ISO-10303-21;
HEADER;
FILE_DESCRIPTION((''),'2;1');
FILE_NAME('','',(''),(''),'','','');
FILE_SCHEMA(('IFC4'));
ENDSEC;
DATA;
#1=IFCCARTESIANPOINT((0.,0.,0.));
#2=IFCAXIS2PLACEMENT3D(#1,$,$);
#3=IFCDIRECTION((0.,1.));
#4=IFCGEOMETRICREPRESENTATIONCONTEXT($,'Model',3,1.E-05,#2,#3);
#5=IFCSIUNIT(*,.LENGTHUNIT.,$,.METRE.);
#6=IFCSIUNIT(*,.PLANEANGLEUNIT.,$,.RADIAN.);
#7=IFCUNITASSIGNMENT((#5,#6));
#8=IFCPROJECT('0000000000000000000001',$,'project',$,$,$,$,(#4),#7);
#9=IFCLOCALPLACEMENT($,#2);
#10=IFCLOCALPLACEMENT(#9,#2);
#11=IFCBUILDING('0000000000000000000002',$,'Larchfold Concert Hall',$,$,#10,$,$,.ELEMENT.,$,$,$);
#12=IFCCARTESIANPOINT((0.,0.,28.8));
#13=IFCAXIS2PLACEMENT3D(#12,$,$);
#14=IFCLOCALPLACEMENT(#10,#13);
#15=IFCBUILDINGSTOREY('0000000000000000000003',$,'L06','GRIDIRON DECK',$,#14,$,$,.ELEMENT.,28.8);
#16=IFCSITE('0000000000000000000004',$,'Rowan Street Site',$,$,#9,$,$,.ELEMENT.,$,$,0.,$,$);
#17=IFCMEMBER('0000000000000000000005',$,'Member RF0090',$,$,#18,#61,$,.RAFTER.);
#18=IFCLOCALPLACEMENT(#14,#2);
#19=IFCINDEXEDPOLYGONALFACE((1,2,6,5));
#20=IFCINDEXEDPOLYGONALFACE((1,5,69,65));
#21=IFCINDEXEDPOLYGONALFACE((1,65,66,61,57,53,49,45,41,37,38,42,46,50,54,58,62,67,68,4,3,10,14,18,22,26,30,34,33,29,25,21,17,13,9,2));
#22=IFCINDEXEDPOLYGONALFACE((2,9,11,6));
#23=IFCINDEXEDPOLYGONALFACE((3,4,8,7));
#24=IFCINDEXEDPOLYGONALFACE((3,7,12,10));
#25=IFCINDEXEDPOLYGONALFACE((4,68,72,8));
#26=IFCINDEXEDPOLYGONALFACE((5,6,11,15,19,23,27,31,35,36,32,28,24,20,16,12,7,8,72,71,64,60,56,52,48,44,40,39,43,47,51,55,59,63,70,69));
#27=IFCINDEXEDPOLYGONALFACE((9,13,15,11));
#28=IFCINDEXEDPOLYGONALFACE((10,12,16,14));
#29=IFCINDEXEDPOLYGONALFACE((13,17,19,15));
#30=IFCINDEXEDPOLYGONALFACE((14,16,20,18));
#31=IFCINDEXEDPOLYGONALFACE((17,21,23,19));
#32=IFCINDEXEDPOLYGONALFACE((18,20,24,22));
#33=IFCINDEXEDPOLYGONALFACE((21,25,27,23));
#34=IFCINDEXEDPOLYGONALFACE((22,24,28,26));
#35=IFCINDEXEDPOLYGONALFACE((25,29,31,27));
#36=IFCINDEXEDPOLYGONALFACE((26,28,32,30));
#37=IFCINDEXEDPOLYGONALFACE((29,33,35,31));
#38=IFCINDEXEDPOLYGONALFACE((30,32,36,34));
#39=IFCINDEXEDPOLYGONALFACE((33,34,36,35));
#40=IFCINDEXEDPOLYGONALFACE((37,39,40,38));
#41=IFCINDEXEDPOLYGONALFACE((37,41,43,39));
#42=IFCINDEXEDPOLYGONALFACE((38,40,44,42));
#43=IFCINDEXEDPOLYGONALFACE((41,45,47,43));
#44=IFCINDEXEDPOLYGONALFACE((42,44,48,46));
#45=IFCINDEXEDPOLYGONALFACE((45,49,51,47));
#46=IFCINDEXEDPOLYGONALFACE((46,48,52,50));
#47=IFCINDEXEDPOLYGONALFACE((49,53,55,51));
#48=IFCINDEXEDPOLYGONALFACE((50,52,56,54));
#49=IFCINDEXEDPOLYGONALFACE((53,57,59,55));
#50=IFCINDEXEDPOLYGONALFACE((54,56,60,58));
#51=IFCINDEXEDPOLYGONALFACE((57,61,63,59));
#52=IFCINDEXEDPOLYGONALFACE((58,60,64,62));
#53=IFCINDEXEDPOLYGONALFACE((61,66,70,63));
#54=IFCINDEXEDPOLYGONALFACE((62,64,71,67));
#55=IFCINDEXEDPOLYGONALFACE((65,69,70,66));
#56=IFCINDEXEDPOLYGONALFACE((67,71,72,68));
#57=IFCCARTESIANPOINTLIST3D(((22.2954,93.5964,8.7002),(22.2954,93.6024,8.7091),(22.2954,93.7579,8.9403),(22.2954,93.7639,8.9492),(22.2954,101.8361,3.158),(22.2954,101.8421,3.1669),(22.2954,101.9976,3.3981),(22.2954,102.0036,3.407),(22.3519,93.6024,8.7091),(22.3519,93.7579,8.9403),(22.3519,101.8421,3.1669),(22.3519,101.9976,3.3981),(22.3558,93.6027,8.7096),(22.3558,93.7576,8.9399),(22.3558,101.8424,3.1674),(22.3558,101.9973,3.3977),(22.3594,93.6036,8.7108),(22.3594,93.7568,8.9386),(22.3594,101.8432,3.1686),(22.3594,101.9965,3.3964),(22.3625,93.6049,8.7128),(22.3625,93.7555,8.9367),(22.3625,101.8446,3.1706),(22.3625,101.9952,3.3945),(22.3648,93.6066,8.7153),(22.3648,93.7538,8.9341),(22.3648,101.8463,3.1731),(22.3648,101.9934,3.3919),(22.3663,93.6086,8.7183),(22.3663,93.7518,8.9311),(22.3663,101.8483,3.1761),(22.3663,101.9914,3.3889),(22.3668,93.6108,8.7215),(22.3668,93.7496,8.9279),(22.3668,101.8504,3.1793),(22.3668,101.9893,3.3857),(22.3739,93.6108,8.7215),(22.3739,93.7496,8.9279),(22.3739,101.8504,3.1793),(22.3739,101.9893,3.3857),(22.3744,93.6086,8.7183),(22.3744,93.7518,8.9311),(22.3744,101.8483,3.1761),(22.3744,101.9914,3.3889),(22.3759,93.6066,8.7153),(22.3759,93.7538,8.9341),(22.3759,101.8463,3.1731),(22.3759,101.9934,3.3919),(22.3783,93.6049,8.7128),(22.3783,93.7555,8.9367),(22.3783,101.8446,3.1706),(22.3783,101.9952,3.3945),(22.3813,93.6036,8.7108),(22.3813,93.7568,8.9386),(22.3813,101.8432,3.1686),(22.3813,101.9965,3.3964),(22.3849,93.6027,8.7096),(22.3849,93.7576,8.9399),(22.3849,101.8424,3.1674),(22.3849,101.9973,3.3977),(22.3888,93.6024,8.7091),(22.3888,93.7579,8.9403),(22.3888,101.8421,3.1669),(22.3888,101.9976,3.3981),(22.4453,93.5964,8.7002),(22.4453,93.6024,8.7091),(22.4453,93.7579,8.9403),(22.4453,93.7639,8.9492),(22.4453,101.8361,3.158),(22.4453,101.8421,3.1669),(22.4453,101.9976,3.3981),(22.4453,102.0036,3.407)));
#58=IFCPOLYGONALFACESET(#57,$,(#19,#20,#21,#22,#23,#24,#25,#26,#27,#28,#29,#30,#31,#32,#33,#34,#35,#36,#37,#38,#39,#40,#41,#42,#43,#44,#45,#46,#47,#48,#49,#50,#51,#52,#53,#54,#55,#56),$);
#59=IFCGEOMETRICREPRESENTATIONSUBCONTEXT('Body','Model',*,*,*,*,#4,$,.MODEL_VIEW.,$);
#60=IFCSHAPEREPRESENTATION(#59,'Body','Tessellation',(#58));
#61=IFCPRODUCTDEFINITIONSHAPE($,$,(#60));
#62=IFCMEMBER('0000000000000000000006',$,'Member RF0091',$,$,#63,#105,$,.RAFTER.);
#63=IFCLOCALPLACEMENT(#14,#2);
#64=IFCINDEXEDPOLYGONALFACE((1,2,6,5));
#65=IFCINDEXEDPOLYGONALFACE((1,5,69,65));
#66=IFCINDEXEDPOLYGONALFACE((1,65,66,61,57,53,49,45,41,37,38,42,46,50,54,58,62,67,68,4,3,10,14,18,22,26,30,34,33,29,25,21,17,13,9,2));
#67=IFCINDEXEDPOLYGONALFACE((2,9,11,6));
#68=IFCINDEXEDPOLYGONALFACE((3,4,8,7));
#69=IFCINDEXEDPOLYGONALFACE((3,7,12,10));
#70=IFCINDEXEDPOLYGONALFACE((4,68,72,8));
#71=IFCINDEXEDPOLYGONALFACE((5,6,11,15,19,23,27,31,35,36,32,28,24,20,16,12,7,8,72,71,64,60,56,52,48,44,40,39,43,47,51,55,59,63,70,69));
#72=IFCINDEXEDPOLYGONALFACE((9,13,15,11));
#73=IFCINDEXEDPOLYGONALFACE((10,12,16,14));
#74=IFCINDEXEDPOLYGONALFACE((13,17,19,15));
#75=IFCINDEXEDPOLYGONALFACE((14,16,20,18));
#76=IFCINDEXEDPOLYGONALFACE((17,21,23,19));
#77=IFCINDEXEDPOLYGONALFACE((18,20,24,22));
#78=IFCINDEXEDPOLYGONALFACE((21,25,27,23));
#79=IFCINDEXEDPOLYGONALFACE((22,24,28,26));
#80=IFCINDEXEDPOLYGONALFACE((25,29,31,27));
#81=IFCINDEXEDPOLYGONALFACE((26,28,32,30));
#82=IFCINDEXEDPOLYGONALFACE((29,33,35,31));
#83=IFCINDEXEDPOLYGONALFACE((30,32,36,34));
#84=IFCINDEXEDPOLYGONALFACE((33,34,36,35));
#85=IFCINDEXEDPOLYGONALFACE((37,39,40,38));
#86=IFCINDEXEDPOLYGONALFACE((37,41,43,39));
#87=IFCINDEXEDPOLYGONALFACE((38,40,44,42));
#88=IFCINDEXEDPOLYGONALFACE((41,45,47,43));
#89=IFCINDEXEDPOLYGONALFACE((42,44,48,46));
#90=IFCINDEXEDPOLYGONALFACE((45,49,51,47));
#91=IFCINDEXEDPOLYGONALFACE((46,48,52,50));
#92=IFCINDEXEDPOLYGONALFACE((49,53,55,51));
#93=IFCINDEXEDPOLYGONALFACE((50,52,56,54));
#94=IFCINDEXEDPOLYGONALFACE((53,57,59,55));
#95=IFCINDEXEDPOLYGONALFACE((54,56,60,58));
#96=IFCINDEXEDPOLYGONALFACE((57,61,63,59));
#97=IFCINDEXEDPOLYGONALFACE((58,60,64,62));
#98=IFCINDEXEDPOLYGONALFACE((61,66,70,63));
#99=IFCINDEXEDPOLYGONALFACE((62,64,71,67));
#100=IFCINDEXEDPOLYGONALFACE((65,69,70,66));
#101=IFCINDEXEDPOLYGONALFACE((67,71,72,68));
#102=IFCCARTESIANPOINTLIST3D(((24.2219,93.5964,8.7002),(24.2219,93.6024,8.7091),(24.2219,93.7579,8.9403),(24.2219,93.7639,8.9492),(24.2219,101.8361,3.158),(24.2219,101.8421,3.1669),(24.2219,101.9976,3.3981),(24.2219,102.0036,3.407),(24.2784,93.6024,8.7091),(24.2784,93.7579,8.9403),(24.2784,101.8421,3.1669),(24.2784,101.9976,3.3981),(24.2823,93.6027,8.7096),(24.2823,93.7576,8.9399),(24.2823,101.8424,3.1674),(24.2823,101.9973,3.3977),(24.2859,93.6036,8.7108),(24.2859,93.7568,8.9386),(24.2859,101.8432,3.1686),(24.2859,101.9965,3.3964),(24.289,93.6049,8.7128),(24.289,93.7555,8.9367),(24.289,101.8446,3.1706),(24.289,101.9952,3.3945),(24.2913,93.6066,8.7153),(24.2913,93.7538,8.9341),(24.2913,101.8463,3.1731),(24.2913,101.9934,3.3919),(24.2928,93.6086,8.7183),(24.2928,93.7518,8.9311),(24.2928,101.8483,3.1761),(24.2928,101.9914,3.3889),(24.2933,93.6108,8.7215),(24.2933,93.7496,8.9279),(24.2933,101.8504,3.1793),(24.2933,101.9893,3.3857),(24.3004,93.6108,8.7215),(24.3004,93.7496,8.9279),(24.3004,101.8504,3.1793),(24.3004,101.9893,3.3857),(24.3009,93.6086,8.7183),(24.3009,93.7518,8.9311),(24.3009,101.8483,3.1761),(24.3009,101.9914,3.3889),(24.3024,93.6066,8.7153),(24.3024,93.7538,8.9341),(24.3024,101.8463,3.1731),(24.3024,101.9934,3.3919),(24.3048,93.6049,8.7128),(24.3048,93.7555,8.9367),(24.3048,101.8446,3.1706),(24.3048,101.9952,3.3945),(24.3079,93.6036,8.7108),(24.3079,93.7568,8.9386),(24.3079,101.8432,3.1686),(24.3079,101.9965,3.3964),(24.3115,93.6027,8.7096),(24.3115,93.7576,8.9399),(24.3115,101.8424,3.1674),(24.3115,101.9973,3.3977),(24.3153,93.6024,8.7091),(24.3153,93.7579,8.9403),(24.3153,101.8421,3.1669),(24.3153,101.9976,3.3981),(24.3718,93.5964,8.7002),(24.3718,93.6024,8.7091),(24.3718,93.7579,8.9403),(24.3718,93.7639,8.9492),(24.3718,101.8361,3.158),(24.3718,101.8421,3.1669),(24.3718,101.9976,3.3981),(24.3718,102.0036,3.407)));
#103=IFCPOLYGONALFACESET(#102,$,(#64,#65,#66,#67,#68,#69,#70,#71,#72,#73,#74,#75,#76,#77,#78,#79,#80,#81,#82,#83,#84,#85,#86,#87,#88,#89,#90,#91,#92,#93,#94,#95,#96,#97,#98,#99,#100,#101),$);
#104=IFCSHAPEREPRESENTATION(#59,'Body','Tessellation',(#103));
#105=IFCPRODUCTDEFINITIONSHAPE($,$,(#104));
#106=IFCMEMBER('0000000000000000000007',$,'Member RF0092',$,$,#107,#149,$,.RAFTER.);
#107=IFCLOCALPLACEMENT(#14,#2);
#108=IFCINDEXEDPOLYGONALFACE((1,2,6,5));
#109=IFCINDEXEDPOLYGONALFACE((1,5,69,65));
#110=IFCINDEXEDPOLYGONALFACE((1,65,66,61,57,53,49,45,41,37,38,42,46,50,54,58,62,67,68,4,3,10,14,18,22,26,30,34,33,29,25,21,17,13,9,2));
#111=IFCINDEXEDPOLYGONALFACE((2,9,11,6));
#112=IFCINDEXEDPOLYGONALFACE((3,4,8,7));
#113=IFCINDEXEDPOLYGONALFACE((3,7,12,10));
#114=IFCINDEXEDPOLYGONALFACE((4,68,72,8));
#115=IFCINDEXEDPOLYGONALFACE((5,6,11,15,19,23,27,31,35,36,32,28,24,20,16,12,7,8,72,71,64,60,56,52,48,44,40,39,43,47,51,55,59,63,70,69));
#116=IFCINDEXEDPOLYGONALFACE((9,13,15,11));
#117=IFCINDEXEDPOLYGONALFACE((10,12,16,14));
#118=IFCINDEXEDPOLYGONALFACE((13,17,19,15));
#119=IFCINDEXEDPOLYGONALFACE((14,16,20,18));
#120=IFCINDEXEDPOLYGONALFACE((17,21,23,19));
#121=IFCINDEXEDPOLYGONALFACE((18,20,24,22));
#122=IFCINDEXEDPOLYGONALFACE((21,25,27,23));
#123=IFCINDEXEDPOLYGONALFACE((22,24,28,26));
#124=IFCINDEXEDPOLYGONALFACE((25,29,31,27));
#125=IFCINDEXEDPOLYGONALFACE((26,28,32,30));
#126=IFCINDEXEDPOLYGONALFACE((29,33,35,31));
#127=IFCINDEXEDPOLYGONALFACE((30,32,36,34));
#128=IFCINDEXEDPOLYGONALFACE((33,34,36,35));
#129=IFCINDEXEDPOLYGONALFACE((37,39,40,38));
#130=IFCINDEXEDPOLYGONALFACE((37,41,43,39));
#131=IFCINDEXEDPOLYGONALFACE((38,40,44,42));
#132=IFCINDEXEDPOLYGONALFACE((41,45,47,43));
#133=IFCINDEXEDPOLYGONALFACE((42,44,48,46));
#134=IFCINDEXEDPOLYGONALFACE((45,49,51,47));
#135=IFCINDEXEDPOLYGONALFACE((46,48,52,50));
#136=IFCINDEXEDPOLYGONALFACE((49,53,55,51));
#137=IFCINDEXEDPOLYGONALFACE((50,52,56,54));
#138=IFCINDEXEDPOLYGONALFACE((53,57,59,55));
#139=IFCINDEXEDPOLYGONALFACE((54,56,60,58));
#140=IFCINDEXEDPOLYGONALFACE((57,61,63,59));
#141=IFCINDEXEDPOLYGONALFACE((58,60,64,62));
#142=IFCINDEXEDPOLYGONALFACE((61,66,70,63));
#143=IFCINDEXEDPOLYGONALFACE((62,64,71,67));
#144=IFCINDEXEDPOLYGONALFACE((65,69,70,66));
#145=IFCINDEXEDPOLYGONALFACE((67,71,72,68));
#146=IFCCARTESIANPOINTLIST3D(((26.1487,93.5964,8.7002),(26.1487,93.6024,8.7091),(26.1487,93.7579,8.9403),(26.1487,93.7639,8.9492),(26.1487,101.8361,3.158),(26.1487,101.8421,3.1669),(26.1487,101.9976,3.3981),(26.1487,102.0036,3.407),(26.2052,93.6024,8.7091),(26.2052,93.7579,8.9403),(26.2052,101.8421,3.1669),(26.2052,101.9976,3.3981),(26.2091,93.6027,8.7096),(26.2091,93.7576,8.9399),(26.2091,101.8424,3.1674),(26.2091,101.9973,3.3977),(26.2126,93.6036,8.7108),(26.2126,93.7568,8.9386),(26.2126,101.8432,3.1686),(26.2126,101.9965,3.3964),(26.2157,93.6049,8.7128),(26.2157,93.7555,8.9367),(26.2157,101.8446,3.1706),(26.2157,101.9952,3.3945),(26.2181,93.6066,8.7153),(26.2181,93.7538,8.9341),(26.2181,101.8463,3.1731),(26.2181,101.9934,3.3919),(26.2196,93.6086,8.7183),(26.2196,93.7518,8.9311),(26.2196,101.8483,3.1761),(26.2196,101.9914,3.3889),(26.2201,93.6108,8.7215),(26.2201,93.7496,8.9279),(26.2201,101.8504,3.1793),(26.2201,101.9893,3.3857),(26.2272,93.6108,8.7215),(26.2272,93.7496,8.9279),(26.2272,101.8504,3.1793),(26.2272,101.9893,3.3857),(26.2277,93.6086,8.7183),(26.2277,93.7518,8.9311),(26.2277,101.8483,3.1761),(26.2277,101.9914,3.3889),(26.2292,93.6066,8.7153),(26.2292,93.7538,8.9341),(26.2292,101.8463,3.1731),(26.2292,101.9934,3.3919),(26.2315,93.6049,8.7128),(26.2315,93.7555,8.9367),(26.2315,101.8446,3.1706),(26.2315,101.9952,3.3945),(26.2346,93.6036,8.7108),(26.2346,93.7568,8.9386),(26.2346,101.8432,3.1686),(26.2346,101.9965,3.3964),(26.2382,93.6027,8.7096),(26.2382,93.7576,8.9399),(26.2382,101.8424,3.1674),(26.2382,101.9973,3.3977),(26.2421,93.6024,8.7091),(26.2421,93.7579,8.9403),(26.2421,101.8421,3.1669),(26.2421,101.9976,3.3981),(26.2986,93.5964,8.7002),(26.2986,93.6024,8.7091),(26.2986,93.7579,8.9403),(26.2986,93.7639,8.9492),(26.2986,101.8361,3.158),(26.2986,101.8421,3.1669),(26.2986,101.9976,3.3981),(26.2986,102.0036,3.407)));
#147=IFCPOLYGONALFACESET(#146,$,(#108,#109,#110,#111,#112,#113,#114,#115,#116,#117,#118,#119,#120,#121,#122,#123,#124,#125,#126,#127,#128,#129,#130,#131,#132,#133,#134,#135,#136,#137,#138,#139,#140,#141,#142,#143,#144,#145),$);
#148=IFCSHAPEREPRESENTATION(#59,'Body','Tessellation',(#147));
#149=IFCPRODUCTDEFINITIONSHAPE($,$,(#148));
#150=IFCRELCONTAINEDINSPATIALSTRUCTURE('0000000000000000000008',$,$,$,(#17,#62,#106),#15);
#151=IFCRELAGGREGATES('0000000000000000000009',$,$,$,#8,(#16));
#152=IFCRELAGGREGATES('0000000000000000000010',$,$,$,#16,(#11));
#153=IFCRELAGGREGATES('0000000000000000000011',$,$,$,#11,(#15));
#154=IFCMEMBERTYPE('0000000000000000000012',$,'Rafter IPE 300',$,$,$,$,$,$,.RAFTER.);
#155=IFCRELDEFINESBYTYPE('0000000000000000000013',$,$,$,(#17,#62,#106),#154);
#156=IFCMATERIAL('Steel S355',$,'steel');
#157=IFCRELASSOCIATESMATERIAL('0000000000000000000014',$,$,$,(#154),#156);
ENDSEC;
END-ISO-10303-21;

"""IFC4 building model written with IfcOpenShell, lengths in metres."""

from ifc_helpers import new_model, si_unit, direction, frame, origin, origin_2d, place, context, subcontext, project, spatial, i_section, extrude, material, material_profile, profile_set, type_object, element, save


model = new_model("IFC4")

# Units and contexts
model_context = context("Model", 3, precision=1e-05, world=origin(), true_north=direction((0.0, 1.0)))
body_context = subcontext(model_context, "Body", "Model", "MODEL_VIEW")
ifc_project = project(units=[si_unit("LENGTHUNIT", "METRE"), si_unit("PLANEANGLEUNIT", "RADIAN")], contexts=[model_context])

# Site, building, storey
site_placement = place(None, origin())
site = spatial("IfcSite", under=ifc_project, at=site_placement, Name="Rowan Street Site", CompositionType="ELEMENT", RefElevation=0.0)
building_placement = place(site_placement, origin())
building = spatial("IfcBuilding", under=site, at=building_placement, Name="Larchfold Concert Hall", CompositionType="ELEMENT")
storey_placement = place(building_placement, frame((0.0, 0.0, 28.8)))
storey = spatial("IfcBuildingStorey", under=building, at=storey_placement, Name="L06", Description="GRIDIRON DECK", CompositionType="ELEMENT", Elevation=28.8)

# Members
ifc_material_1 = material(Name="Steel S355", Category="steel")
ifc_material_profile_1 = material_profile(ifc_material_1, i_section(OverallWidth=0.1499, OverallDepth=0.3, WebThickness=0.0071, FlangeThickness=0.0107, FilletRadius=0.0149, at=origin_2d()))
ifc_profile_set_1 = profile_set([ifc_material_profile_1], Name="Steel S355")
member_type_1 = type_object("IfcMemberType", Name="Rafter IPE 300", PredefinedType="RAFTER", material=ifc_profile_set_1)
for number, where, z_axis, x_axis, name in (
    (1, (22.3704, 93.6802, 8.8247), (0.0, 0.829762, -0.558117), (-1.0, 0.0, 0.0), "Member RF0090"),
    (2, (24.2969, 93.6802, 8.8247), (0.0, 0.829762, -0.558117), (-1.0, 0.0, 0.0), "Member RF0091"),
    (3, (26.2236, 93.6802, 8.8247), (0.0, 0.829762, -0.558117), (-1.0, 0.0, 0.0), "Member RF0092"),
):
    element("IfcMember", number, at=place(storey_placement, frame(where, z_axis=z_axis, x_axis=x_axis)), inside=storey, type_object=member_type_1, Name=name, PredefinedType="RAFTER", context=body_context, shape_type="SweptSolid", body=[
        extrude(i_section(OverallWidth=0.1499, OverallDepth=0.3, WebThickness=0.0071, FlangeThickness=0.0107, FilletRadius=0.0149, at=origin_2d()), origin(), (0.0, 0.0, 1.0), 9.9302),
    ])

save(model, "model.ifc")
